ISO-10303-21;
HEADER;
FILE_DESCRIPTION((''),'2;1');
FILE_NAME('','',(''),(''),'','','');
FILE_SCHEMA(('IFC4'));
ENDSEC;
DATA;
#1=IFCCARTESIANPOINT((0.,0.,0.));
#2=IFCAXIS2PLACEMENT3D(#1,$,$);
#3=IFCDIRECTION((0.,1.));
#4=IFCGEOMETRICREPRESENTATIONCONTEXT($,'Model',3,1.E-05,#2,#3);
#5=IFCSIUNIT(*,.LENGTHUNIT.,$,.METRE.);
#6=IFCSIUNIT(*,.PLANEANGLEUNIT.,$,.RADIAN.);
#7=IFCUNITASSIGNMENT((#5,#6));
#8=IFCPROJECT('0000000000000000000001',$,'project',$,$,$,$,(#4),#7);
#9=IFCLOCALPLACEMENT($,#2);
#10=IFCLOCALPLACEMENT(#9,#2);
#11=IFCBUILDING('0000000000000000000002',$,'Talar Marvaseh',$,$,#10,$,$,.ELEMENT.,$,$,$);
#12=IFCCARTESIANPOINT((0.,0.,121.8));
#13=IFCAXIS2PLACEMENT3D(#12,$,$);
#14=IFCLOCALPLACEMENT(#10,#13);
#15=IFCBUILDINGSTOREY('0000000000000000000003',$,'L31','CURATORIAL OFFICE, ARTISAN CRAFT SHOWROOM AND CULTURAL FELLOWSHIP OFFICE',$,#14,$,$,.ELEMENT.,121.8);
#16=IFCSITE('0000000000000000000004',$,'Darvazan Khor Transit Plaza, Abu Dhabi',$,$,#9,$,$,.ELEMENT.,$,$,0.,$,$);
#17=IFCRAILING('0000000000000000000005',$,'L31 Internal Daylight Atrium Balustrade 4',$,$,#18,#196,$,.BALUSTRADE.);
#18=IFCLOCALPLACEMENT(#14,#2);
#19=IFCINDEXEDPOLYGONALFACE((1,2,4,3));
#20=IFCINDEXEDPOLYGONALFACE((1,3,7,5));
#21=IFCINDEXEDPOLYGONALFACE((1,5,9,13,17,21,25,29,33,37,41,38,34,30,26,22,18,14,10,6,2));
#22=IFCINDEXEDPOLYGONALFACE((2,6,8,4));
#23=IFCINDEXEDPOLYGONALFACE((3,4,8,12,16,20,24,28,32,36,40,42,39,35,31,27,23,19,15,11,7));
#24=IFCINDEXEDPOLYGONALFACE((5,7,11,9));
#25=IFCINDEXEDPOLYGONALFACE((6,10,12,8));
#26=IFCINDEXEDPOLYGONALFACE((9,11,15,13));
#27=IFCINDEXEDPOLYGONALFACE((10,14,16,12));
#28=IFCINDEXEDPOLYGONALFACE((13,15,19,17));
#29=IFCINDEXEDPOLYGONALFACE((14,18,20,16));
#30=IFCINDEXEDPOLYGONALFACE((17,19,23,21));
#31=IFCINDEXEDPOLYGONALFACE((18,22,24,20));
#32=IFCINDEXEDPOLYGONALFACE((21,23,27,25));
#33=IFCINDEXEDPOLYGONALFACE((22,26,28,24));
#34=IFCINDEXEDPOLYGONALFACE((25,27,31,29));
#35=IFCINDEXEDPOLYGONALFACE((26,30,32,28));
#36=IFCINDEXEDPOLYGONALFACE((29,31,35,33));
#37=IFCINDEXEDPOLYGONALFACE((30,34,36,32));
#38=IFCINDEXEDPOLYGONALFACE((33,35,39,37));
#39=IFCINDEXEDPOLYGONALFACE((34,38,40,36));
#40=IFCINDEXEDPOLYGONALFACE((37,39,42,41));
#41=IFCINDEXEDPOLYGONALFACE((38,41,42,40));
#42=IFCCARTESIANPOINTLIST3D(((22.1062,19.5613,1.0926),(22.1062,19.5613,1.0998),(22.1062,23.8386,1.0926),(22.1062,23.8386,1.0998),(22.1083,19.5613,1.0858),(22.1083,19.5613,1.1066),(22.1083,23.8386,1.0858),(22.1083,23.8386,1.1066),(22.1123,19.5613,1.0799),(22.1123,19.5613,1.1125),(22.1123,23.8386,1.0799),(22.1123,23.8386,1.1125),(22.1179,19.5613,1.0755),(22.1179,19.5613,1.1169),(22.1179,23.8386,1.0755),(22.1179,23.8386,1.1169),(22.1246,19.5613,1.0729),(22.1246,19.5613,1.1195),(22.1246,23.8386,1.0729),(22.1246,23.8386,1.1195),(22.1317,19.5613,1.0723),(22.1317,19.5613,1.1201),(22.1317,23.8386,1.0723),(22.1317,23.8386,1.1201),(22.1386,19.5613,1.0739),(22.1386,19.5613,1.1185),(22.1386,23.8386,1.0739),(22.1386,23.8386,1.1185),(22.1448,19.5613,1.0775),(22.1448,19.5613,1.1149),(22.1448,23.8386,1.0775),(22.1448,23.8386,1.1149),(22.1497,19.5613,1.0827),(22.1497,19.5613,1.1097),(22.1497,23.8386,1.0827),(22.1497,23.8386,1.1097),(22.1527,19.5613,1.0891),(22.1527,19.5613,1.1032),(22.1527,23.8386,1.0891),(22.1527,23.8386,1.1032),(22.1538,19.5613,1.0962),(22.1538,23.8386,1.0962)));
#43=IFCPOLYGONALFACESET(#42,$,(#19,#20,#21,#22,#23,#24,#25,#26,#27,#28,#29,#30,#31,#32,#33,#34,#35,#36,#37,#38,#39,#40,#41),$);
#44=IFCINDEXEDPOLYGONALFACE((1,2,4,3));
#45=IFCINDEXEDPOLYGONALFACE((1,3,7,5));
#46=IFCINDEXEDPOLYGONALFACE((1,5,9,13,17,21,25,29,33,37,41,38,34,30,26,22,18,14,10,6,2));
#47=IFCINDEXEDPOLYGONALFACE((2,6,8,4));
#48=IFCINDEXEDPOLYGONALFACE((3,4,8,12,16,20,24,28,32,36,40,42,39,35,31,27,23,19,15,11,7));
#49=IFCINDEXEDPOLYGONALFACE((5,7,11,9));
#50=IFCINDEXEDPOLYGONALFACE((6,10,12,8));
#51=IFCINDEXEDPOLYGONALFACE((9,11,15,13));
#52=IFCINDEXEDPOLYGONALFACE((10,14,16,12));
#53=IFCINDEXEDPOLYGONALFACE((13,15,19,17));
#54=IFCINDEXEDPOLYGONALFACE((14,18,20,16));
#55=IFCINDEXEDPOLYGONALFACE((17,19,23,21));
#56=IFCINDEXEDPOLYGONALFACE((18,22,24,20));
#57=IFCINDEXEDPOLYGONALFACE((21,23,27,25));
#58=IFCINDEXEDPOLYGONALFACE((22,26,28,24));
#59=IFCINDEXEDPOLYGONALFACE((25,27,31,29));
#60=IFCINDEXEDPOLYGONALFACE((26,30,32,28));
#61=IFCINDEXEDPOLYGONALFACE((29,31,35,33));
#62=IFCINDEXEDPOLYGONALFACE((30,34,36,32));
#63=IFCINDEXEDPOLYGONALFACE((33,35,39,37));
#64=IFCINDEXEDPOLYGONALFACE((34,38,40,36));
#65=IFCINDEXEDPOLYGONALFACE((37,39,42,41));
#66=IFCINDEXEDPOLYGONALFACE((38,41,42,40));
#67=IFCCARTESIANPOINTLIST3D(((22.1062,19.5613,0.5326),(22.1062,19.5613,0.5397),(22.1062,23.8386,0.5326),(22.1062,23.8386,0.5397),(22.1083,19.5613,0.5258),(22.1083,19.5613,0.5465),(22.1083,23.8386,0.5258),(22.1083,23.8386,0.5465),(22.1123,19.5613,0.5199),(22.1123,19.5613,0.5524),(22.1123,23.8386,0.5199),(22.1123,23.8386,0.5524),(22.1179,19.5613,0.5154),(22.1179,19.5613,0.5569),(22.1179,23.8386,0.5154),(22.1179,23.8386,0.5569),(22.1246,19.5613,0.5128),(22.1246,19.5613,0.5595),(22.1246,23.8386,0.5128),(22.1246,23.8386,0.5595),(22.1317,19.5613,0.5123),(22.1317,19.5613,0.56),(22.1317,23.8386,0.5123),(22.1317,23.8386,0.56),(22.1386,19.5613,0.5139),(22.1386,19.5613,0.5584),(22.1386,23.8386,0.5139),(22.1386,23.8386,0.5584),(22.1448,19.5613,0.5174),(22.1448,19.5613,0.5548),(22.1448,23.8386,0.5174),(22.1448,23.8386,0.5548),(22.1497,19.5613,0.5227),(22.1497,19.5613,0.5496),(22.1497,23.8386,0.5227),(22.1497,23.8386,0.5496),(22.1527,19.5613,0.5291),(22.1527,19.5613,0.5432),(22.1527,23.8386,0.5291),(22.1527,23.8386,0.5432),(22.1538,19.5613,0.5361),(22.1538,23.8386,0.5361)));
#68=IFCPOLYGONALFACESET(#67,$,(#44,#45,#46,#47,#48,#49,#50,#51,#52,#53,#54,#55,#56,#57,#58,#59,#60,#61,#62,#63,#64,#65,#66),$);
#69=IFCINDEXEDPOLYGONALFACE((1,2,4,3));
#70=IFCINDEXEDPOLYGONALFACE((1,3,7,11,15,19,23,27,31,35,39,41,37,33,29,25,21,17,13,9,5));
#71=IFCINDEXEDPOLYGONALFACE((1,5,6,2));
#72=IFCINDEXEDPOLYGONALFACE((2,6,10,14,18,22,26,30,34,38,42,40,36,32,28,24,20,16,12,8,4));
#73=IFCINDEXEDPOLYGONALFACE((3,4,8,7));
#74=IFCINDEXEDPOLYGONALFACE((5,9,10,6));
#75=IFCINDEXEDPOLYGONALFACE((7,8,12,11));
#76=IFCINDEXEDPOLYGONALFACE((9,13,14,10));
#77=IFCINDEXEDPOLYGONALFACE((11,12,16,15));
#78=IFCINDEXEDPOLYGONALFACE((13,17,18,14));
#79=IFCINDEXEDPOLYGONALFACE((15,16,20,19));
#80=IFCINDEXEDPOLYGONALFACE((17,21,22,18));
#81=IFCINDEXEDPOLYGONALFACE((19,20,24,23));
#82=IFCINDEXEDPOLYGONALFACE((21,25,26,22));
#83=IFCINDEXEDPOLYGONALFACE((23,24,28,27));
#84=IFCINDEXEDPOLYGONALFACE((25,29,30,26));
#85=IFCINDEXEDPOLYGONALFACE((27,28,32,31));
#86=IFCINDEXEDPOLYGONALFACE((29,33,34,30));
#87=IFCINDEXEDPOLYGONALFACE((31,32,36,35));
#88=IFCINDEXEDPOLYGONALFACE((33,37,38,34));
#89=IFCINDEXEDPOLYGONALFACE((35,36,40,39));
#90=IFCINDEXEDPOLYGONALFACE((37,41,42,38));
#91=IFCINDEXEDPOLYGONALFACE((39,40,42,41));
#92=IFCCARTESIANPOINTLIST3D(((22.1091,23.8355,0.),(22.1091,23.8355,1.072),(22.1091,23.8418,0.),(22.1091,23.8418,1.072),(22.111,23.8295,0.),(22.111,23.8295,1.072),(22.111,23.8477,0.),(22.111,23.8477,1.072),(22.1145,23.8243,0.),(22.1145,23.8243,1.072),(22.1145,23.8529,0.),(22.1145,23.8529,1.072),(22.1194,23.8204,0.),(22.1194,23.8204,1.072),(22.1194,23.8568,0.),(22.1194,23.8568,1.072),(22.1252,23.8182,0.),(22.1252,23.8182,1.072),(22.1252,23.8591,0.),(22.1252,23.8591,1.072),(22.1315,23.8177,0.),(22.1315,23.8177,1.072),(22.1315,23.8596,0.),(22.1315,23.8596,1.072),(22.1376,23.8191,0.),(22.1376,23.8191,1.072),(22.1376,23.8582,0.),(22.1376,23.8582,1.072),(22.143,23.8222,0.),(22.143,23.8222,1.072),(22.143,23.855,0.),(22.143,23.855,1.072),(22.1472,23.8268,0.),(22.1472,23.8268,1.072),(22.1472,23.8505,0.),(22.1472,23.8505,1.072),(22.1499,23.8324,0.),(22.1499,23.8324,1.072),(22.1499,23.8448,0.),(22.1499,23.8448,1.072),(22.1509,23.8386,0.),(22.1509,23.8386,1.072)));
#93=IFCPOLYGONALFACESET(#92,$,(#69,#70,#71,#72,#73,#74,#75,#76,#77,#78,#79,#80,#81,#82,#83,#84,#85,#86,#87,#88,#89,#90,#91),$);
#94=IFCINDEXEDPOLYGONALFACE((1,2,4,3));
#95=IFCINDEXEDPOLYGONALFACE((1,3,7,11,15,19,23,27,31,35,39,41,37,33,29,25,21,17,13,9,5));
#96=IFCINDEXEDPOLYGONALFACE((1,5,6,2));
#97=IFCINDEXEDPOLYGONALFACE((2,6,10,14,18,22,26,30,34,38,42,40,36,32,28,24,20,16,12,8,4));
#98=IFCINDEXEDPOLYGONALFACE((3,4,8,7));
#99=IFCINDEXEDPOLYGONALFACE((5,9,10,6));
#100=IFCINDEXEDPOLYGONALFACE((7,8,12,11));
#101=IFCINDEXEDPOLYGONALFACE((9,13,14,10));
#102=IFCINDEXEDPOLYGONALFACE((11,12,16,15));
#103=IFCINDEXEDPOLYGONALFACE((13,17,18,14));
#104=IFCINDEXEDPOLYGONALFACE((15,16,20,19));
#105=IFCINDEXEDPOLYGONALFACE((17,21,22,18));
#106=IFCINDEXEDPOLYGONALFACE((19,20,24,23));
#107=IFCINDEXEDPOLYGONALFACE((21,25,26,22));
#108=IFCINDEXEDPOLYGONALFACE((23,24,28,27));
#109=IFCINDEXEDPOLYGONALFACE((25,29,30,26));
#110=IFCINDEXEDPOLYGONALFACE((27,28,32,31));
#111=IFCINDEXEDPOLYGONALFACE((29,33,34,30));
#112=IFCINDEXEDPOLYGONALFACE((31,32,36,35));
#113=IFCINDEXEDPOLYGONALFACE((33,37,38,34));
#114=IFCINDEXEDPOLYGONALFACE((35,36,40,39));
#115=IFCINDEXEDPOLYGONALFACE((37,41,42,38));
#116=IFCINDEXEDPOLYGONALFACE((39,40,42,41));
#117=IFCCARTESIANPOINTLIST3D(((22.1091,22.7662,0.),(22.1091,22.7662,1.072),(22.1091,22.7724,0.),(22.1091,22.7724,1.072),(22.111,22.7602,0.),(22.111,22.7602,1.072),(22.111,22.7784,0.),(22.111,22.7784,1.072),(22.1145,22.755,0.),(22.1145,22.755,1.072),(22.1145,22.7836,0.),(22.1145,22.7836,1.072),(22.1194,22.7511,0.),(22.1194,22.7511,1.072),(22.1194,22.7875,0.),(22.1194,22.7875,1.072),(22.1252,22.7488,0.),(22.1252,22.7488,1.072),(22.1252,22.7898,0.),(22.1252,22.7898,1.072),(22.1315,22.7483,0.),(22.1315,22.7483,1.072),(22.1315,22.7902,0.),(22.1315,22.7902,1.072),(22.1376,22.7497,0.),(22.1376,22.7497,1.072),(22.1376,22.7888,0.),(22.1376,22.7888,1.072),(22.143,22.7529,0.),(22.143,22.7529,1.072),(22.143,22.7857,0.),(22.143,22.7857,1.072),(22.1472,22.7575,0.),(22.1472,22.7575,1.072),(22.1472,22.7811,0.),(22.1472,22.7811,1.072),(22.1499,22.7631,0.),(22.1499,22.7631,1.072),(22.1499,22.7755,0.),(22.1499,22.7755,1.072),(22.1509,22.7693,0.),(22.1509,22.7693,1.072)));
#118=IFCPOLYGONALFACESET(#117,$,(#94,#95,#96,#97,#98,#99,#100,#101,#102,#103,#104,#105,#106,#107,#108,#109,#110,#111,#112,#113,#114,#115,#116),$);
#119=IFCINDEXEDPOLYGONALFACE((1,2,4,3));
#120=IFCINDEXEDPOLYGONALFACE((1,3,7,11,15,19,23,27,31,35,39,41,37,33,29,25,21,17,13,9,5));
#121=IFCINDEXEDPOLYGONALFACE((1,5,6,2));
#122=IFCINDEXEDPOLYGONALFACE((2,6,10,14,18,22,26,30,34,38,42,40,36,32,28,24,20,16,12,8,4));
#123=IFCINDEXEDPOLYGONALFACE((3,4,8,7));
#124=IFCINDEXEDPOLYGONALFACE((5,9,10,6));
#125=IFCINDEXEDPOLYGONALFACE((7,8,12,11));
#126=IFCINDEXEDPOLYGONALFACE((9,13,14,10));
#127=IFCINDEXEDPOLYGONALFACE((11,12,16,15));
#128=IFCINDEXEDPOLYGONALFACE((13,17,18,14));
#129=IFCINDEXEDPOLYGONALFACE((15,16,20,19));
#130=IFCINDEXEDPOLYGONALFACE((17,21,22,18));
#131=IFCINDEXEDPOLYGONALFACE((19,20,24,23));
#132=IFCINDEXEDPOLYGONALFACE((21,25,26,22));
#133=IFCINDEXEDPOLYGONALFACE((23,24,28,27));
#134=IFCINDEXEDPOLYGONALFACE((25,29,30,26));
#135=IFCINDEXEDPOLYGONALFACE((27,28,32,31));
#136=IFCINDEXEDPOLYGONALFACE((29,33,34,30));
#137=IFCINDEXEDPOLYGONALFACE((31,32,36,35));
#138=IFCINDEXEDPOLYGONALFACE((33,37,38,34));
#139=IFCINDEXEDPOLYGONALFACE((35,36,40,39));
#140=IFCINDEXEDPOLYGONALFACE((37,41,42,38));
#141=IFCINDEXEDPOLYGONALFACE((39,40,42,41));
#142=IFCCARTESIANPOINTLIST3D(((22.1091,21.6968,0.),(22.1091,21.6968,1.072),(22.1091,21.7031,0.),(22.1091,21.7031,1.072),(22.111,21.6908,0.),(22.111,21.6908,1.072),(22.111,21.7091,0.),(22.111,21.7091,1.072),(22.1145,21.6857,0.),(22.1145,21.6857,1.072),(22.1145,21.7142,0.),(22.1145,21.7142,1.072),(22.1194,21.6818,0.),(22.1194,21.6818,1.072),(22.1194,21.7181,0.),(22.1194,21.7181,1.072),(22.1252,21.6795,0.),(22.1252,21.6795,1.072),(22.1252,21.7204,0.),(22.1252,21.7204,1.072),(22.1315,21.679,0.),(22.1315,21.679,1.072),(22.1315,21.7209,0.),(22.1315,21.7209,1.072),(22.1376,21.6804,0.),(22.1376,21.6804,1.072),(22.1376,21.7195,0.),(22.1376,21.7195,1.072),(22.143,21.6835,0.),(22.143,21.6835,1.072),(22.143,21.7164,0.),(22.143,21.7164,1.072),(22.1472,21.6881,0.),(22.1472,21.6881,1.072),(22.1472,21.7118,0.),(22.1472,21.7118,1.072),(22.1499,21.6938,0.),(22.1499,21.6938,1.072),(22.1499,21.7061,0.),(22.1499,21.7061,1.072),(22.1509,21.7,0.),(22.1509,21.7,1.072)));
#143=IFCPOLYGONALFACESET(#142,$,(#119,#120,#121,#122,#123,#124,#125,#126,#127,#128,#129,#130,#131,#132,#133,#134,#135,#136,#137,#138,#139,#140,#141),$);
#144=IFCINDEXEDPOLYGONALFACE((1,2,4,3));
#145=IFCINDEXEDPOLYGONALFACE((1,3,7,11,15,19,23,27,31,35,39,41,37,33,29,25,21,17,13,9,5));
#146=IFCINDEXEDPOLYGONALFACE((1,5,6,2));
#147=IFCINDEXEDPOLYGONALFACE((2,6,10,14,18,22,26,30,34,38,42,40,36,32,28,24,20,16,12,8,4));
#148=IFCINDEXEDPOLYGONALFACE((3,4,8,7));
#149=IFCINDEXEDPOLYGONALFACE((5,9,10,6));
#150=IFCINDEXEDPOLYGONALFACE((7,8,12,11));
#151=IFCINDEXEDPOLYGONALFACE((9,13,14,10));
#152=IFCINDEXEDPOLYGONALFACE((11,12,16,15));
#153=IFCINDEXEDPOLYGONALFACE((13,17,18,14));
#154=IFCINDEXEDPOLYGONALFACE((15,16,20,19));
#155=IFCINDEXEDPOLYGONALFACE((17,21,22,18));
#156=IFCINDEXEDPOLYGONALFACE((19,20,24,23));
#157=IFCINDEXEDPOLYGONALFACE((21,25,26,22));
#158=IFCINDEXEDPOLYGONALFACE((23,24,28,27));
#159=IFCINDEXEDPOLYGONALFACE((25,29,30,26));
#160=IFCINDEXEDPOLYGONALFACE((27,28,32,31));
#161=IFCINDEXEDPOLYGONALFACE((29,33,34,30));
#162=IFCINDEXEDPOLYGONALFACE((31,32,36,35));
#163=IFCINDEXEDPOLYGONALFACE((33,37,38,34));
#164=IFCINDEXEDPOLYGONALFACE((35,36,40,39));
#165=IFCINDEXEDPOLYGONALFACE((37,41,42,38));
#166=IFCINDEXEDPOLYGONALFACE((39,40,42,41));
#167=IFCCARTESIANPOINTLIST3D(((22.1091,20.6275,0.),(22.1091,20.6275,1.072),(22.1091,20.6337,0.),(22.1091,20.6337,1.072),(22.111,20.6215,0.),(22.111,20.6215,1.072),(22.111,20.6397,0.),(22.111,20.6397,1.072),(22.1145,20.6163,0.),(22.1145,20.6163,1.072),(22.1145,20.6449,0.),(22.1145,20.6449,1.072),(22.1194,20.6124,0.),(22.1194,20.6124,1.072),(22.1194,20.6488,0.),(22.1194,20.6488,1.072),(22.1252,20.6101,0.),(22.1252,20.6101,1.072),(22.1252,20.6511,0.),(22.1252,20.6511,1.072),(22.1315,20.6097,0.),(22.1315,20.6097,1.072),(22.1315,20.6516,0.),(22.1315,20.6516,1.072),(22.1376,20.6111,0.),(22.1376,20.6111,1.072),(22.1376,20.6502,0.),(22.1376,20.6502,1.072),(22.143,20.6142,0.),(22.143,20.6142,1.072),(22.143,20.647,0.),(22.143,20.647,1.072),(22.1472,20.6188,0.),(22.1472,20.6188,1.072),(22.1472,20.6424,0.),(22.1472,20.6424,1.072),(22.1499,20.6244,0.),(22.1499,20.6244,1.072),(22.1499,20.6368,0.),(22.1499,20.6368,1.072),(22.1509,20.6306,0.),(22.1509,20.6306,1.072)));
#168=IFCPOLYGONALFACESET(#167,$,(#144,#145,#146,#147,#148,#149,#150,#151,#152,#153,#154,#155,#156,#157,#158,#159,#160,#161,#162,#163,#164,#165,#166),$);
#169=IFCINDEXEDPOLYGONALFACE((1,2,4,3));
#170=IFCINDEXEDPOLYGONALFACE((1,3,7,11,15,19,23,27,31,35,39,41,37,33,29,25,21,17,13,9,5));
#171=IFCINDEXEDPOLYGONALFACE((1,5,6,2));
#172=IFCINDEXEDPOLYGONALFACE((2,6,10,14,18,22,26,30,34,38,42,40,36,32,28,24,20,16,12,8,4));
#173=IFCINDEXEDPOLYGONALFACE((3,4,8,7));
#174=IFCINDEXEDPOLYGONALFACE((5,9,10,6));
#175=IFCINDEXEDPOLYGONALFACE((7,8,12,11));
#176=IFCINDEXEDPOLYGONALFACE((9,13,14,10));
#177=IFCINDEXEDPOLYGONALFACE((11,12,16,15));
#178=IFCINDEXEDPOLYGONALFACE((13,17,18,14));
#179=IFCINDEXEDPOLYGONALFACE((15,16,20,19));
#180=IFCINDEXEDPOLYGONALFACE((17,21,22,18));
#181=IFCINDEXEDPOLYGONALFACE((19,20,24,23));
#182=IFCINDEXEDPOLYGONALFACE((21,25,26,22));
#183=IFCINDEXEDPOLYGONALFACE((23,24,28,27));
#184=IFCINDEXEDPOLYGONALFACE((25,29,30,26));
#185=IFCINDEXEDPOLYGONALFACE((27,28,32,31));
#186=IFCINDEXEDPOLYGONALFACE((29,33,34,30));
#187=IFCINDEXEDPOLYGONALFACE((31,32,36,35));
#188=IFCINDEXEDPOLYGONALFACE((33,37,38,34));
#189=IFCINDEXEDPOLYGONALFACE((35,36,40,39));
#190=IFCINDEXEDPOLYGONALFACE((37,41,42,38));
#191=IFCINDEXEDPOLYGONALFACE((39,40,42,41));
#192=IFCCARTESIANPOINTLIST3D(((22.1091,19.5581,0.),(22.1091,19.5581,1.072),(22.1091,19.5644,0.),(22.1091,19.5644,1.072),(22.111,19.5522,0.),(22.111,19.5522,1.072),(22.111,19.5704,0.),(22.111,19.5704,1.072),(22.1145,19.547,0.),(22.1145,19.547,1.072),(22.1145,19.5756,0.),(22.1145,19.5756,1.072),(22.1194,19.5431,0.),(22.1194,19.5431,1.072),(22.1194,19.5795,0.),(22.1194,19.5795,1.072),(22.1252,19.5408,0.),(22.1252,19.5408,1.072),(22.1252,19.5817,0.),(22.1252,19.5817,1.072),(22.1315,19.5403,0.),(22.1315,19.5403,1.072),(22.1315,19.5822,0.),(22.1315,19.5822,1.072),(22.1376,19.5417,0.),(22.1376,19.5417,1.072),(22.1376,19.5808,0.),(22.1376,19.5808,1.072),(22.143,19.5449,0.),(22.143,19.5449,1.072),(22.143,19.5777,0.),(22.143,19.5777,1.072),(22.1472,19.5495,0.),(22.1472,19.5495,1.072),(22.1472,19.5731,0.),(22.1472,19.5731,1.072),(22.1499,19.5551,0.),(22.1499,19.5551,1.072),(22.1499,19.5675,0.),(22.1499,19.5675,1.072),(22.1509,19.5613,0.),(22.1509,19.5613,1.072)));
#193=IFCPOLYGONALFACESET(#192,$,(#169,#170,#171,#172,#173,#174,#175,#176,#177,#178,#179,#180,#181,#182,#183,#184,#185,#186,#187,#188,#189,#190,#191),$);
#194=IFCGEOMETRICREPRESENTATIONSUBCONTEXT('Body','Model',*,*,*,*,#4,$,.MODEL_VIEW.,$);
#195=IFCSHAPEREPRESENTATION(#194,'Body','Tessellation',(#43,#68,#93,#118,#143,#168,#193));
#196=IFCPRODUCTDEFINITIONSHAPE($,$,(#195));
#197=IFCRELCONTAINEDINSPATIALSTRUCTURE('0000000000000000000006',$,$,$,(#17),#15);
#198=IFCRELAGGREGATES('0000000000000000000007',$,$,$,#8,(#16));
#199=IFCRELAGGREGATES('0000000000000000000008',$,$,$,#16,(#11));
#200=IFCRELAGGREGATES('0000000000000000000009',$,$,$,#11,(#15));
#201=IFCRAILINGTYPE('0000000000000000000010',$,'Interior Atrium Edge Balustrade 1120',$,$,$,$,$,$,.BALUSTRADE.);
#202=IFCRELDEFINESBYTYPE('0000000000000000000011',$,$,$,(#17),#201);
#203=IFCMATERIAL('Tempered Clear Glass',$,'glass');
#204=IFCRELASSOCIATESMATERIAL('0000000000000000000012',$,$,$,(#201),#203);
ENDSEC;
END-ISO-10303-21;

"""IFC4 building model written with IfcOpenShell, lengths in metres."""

from ifc_helpers import new_model, si_unit, direction, frame, origin, origin_2d, place, context, subcontext, project, spatial, circle, extrude, material, type_object, element, save


model = new_model("IFC4")

# Units and contexts
model_context = context("Model", 3, precision=1e-05, world=origin(), true_north=direction((0.0, 1.0)))
body_context = subcontext(model_context, "Body", "Model", "MODEL_VIEW")
ifc_project = project(units=[si_unit("LENGTHUNIT", "METRE"), si_unit("PLANEANGLEUNIT", "RADIAN")], contexts=[model_context])

# Site, building, storey
site_placement = place(None, origin())
site = spatial("IfcSite", under=ifc_project, at=site_placement, Name="Darvazan Khor Transit Plaza, Abu Dhabi", CompositionType="ELEMENT", RefElevation=0.0)
building_placement = place(site_placement, origin())
building = spatial("IfcBuilding", under=site, at=building_placement, Name="Talar Marvaseh", CompositionType="ELEMENT")
storey_placement = place(building_placement, frame((0.0, 0.0, 121.8)))
storey = spatial("IfcBuildingStorey", under=building, at=storey_placement, Name="L31", Description="CURATORIAL OFFICE, ARTISAN CRAFT SHOWROOM AND CULTURAL FELLOWSHIP OFFICE", CompositionType="ELEMENT", Elevation=121.8)

# Railing
ifc_material_1 = material(Name="Tempered Clear Glass", Category="glass")
railing_type_1 = type_object("IfcRailingType", Name="Interior Atrium Edge Balustrade 1120", PredefinedType="BALUSTRADE", material=ifc_material_1)
railing_1_placement = place(storey_placement, frame((22.1299, 23.8386, 0.0)))
element("IfcRailing", 1, at=railing_1_placement, inside=storey, type_object=railing_type_1, Name="L31 Internal Daylight Atrium Balustrade 4", PredefinedType="BALUSTRADE", context=body_context, shape_type="SweptSolid", body=[
    extrude(circle(Radius=0.0239, at=origin_2d()), frame((0.0, 0.0, 1.0962), z_axis=(0.0, -1.0, 0.0), x_axis=(1.0, 0.0, 0.0)), (0.0, 0.0, 1.0), 4.2773),
    extrude(circle(Radius=0.0239, at=origin_2d()), frame((0.0, 0.0, 0.5361), z_axis=(0.0, -1.0, 0.0), x_axis=(1.0, 0.0, 0.0)), (0.0, 0.0, 1.0), 4.2773),
    extrude(circle(Radius=0.021, at=origin_2d()), origin(), (0.0, 0.0, 1.0), 1.072),
    extrude(circle(Radius=0.021, at=origin_2d()), frame((0.0, -1.0693, 0.0)), (0.0, 0.0, 1.0), 1.072),
    extrude(circle(Radius=0.021, at=origin_2d()), frame((0.0, -2.1387, 0.0)), (0.0, 0.0, 1.0), 1.072),
    extrude(circle(Radius=0.021, at=origin_2d()), frame((0.0, -3.208, 0.0)), (0.0, 0.0, 1.0), 1.072),
    extrude(circle(Radius=0.021, at=origin_2d()), frame((0.0, -4.2773, 0.0)), (0.0, 0.0, 1.0), 1.072),
])

save(model, "model.ifc")
